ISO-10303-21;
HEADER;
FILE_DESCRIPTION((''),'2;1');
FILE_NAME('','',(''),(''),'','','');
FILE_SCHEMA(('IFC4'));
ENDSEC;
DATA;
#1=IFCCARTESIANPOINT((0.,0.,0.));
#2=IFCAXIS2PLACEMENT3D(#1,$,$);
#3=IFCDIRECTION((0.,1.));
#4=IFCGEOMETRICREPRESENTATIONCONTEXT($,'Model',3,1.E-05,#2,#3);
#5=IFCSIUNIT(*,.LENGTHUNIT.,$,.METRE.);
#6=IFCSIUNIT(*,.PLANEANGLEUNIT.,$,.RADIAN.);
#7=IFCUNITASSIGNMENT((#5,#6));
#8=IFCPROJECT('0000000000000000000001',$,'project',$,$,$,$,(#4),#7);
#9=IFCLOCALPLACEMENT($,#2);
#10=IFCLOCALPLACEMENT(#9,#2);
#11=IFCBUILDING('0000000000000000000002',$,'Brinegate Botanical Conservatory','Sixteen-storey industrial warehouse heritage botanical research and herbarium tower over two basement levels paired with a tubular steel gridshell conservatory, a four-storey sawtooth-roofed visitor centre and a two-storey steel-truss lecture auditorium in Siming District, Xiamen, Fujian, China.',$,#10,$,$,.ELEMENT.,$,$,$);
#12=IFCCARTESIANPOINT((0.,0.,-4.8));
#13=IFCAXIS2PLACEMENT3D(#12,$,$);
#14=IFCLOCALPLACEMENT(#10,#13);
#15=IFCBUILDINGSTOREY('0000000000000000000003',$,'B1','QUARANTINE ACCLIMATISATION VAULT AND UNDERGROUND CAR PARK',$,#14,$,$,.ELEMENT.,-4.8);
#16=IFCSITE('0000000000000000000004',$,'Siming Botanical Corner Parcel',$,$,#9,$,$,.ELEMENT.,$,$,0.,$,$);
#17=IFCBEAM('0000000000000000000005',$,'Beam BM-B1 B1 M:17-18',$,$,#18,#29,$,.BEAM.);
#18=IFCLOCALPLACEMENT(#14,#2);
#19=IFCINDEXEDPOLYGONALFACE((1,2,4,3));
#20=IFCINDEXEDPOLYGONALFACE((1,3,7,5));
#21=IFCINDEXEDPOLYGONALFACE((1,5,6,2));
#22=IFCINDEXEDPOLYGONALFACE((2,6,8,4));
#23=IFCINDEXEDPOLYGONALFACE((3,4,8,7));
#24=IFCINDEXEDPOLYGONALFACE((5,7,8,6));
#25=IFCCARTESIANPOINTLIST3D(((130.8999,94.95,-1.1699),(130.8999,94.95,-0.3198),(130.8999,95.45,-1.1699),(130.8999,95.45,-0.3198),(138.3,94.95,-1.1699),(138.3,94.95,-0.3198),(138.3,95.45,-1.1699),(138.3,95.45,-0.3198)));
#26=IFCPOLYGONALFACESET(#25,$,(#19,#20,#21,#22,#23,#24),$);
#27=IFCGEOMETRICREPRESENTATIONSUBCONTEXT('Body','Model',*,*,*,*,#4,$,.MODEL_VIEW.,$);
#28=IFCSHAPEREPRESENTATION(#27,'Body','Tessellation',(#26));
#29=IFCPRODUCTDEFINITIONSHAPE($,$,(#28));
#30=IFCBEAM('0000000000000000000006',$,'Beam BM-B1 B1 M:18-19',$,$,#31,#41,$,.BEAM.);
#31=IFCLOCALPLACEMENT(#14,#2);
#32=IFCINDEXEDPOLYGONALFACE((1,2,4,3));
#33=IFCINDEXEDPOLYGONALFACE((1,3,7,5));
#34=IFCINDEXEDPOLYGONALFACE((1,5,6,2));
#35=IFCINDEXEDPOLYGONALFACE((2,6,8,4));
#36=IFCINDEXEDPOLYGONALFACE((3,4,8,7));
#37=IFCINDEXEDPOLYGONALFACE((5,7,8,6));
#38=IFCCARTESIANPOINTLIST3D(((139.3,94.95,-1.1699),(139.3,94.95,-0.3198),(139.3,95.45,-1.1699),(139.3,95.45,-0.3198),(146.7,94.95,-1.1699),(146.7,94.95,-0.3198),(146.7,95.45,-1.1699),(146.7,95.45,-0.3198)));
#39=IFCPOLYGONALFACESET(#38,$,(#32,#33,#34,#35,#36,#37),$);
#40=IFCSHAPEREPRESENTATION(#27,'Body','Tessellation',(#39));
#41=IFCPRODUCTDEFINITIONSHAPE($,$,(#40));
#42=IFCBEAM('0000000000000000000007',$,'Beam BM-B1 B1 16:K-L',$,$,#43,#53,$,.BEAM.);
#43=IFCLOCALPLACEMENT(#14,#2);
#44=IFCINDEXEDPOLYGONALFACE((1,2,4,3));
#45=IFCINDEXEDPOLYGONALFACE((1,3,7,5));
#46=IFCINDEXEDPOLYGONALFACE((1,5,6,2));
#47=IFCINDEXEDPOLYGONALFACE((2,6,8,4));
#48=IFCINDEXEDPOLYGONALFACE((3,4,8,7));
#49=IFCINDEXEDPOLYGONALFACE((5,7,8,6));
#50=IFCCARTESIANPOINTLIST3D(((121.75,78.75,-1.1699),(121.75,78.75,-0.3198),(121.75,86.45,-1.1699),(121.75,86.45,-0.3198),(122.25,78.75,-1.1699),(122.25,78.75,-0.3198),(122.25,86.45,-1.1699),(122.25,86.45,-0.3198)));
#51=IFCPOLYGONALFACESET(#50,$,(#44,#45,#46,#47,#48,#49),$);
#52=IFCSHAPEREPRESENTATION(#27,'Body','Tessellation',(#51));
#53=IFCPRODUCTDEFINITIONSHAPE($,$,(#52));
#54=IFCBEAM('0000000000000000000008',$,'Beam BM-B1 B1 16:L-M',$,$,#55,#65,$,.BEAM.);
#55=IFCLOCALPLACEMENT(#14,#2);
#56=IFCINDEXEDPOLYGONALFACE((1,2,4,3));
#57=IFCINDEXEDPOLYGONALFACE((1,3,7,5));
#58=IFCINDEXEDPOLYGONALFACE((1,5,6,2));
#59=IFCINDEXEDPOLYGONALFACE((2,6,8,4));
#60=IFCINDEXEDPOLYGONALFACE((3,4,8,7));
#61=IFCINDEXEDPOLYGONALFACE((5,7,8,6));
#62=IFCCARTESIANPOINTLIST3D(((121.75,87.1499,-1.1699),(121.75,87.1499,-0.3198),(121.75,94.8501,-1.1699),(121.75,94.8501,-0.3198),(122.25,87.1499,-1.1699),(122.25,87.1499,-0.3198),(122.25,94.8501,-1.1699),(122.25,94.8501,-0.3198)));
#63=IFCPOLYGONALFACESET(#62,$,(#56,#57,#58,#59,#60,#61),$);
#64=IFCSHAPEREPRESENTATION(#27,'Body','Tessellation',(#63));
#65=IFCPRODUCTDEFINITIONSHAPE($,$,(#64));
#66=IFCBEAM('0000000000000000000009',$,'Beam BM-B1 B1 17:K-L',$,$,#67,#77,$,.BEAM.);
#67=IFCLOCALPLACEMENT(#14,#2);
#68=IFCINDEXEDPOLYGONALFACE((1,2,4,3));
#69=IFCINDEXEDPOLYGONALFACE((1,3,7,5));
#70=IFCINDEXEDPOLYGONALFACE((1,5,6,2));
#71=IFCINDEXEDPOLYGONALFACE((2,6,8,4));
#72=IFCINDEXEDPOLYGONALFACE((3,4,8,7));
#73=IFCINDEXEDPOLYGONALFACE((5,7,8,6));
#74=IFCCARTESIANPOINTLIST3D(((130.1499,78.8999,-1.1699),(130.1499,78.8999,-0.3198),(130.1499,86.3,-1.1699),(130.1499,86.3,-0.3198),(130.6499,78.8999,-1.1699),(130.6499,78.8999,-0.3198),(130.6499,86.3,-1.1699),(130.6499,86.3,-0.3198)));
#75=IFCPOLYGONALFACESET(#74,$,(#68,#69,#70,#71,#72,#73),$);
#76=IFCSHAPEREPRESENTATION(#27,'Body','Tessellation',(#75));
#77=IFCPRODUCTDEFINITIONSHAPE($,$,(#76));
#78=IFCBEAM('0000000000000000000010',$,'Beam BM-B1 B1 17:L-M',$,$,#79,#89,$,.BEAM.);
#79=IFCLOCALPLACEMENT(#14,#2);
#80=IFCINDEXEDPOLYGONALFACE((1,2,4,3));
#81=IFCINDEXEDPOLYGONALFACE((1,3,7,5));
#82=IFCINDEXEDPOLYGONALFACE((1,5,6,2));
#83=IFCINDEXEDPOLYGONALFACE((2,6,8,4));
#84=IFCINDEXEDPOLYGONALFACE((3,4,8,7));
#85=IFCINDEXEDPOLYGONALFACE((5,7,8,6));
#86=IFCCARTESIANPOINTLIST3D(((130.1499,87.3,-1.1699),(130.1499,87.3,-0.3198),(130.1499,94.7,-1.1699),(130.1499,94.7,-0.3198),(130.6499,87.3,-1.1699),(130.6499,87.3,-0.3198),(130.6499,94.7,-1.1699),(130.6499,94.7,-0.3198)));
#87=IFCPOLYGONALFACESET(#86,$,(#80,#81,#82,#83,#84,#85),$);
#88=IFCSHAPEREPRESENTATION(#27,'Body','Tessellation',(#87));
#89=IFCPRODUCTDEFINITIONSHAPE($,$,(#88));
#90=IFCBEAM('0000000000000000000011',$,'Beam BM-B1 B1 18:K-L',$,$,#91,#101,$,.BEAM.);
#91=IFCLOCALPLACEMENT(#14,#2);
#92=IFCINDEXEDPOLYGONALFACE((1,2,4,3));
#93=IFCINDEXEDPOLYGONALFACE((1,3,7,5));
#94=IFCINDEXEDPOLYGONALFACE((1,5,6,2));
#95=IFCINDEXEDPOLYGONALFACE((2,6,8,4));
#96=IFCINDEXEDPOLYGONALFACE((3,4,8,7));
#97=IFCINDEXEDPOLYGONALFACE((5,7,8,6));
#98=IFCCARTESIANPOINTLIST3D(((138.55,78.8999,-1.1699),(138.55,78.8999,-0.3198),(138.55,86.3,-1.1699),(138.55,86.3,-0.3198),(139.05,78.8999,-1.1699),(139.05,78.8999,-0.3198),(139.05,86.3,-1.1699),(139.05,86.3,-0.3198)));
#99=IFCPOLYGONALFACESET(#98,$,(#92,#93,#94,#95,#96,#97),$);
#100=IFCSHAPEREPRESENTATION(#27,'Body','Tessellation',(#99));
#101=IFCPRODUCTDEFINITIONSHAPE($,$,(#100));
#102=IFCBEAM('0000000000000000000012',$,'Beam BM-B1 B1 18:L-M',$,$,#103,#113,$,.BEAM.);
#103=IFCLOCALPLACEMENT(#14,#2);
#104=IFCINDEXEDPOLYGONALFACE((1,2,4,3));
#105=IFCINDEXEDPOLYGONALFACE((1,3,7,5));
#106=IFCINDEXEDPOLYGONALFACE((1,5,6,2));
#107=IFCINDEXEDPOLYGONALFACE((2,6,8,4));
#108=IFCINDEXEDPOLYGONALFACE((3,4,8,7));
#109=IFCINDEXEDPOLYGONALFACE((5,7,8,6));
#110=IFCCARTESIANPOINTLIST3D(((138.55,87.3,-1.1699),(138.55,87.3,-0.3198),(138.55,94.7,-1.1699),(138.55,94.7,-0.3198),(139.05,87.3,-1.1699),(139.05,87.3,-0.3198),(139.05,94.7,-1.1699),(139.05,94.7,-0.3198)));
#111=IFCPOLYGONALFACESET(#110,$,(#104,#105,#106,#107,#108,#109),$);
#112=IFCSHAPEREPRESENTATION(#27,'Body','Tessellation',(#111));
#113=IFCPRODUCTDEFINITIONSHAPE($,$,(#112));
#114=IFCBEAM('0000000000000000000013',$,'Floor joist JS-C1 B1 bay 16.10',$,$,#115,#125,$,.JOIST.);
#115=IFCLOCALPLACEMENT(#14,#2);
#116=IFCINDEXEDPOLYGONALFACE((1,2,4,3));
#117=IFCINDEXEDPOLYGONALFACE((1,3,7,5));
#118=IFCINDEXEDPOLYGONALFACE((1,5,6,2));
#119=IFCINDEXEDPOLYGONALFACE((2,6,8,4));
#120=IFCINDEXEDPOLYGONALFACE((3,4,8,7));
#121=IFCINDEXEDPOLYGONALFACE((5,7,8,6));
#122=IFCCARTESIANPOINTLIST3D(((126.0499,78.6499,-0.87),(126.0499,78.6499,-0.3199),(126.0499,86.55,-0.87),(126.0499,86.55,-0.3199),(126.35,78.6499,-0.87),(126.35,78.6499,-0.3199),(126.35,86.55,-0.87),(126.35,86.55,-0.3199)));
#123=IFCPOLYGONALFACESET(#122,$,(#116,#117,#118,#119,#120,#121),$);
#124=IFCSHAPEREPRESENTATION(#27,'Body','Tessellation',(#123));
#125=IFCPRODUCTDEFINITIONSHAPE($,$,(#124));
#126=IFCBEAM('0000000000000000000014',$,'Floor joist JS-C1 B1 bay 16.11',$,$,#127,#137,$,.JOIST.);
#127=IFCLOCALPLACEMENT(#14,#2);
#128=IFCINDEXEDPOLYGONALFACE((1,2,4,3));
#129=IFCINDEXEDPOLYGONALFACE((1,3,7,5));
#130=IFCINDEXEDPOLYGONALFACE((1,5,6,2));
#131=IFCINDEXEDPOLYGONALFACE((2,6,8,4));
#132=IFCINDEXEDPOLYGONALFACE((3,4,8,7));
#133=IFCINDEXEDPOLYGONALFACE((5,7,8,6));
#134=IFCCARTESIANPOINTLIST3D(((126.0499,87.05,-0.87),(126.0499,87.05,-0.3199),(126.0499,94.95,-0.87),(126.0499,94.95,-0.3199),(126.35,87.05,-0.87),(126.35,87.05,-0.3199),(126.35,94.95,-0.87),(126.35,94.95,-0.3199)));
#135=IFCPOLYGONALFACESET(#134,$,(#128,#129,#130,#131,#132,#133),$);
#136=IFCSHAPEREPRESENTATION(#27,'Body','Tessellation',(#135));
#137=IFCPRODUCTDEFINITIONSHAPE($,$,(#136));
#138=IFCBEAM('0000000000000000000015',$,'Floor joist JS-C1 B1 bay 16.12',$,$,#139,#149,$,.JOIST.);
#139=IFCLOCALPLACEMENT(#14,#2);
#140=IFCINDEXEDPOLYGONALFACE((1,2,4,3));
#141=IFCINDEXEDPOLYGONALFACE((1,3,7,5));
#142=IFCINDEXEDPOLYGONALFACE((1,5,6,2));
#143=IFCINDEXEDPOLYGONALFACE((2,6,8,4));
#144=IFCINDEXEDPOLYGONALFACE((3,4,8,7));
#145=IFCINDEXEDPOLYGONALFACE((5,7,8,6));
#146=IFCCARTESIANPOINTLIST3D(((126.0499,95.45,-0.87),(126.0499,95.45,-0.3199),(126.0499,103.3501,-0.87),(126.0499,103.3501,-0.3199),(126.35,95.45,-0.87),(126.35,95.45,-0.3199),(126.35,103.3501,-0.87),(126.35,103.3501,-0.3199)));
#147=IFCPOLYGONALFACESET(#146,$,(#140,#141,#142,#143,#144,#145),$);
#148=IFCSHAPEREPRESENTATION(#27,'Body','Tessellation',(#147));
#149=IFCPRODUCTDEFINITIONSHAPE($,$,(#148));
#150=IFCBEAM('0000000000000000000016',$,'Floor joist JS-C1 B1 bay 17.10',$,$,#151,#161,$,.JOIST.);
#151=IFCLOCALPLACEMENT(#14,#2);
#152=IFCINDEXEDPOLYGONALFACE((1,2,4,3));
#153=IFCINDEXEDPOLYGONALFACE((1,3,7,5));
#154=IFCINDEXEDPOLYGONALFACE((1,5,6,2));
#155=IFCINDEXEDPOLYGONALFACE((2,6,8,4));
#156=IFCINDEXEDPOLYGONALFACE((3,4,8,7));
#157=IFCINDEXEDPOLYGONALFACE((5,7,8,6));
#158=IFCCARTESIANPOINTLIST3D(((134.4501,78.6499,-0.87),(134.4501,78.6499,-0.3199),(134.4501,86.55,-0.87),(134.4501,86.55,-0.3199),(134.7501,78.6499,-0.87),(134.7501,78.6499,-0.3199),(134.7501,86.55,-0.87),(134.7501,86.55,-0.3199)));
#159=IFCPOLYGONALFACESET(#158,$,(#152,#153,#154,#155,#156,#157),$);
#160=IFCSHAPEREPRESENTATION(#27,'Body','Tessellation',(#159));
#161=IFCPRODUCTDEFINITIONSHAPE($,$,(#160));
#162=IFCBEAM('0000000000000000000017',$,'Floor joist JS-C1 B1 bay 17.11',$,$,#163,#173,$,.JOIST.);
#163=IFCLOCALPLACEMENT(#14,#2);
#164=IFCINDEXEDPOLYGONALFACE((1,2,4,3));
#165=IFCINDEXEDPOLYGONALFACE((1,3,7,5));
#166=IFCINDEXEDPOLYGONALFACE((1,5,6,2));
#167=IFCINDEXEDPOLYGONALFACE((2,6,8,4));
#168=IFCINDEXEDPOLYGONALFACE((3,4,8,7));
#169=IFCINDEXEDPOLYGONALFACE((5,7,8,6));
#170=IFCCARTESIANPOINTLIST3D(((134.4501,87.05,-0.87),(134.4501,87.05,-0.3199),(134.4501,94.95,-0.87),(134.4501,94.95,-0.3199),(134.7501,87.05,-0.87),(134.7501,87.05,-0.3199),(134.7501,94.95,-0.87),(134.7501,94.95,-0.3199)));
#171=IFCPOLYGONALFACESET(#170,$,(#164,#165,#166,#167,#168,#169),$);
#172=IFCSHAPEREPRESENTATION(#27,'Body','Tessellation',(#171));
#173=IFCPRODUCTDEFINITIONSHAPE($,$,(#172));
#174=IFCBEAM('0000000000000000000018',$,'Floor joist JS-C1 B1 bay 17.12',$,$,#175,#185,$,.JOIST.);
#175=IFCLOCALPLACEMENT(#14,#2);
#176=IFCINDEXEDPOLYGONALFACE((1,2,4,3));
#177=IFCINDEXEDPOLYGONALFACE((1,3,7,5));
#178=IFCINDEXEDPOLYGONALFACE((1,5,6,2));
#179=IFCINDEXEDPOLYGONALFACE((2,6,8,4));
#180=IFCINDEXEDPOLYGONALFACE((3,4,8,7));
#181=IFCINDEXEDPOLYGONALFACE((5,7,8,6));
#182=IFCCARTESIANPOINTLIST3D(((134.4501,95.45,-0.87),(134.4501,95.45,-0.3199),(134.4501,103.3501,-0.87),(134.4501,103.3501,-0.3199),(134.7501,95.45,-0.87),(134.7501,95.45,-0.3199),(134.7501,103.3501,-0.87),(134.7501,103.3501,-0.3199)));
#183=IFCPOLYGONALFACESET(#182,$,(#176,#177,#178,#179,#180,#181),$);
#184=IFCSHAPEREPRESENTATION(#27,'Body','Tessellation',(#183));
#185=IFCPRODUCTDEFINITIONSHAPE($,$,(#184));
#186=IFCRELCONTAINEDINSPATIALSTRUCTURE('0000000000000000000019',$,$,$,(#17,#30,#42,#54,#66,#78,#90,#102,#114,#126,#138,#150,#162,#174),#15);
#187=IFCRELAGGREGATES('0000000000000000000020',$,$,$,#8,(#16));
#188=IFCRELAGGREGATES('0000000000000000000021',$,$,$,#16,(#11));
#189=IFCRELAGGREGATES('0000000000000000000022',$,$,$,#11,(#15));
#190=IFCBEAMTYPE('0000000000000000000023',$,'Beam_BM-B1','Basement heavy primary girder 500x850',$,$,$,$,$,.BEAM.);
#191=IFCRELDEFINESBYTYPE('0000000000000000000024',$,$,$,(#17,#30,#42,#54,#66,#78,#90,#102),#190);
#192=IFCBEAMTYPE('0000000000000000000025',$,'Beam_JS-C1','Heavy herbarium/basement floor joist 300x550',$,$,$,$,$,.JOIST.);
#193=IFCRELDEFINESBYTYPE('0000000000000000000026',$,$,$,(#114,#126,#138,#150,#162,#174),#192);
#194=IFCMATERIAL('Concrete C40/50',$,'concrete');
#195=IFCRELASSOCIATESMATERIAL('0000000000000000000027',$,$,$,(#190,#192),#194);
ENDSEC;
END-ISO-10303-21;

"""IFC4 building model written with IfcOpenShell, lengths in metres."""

from ifc_helpers import new_model, si_unit, direction, frame, origin, origin_2d, place, context, subcontext, project, spatial, rectangle, extrude, material, material_profile, profile_set, type_object, element, save


model = new_model("IFC4")

# Units and contexts
model_context = context("Model", 3, precision=1e-05, world=origin(), true_north=direction((0.0, 1.0)))
body_context = subcontext(model_context, "Body", "Model", "MODEL_VIEW")
ifc_project = project(units=[si_unit("LENGTHUNIT", "METRE"), si_unit("PLANEANGLEUNIT", "RADIAN")], contexts=[model_context])

# Site, building, storey
site_placement = place(None, origin())
site = spatial("IfcSite", under=ifc_project, at=site_placement, Name="Siming Botanical Corner Parcel", CompositionType="ELEMENT", RefElevation=0.0)
building_placement = place(site_placement, origin())
building = spatial("IfcBuilding", under=site, at=building_placement, Name="Brinegate Botanical Conservatory", Description="Sixteen-storey industrial warehouse heritage botanical research and herbarium tower over two basement levels paired with a tubular steel gridshell conservatory, a four-storey sawtooth-roofed visitor centre and a two-storey steel-truss lecture auditorium in Siming District, Xiamen, Fujian, China.", CompositionType="ELEMENT")
storey_placement = place(building_placement, frame((0.0, 0.0, -4.8)))
storey = spatial("IfcBuildingStorey", under=building, at=storey_placement, Name="B1", Description="QUARANTINE ACCLIMATISATION VAULT AND UNDERGROUND CAR PARK", CompositionType="ELEMENT", Elevation=-4.8)

# Beams
ifc_material_1 = material(Name="Concrete C40/50", Category="concrete")
ifc_material_profile_1 = material_profile(ifc_material_1, rectangle(XDim=0.5, YDim=0.8501, at=origin_2d()), Name="RC BM 500x850")
ifc_profile_set_1 = profile_set([ifc_material_profile_1], Name="Concrete C40/50")
beam_type_1 = type_object("IfcBeamType", Name="Beam_BM-B1", Description="Basement heavy primary girder 500x850", PredefinedType="BEAM", material=ifc_profile_set_1)
beam_1_placement = place(storey_placement, frame((130.8999, 95.2, -0.7449), z_axis=(1.0, 0.0, 0.0), x_axis=(0.0, 1.0, 0.0)))
element("IfcBeam", 1, at=beam_1_placement, inside=storey, type_object=beam_type_1, Name="Beam BM-B1 B1 M:17-18", PredefinedType="BEAM", context=body_context, shape_type="SweptSolid", body=[
    extrude(rectangle(XDim=0.5, YDim=0.8501, at=origin_2d()), origin(), (0.0, 0.0, 1.0), 7.4001),
])
beam_2_placement = place(storey_placement, frame((139.3, 95.2, -0.7449), z_axis=(1.0, 0.0, 0.0), x_axis=(0.0, 1.0, 0.0)))
element("IfcBeam", 2, at=beam_2_placement, inside=storey, type_object=beam_type_1, Name="Beam BM-B1 B1 M:18-19", PredefinedType="BEAM", context=body_context, shape_type="SweptSolid", body=[
    extrude(rectangle(XDim=0.5, YDim=0.8501, at=origin_2d()), origin(), (0.0, 0.0, 1.0), 7.3999),
])
beam_3_placement = place(storey_placement, frame((122.0, 78.75, -0.7449), z_axis=(0.0, 1.0, 0.0), x_axis=(-1.0, 0.0, 0.0)))
element("IfcBeam", 3, at=beam_3_placement, inside=storey, type_object=beam_type_1, Name="Beam BM-B1 B1 16:K-L", PredefinedType="BEAM", context=body_context, shape_type="SweptSolid", body=[
    extrude(rectangle(XDim=0.5, YDim=0.8501, at=origin_2d()), origin(), (0.0, 0.0, 1.0), 7.7),
])
beam_4_placement = place(storey_placement, frame((122.0, 87.1499, -0.7449), z_axis=(0.0, 1.0, 0.0), x_axis=(-1.0, 0.0, 0.0)))
element("IfcBeam", 4, at=beam_4_placement, inside=storey, type_object=beam_type_1, Name="Beam BM-B1 B1 16:L-M", PredefinedType="BEAM", context=body_context, shape_type="SweptSolid", body=[
    extrude(rectangle(XDim=0.5, YDim=0.8501, at=origin_2d()), origin(), (0.0, 0.0, 1.0), 7.7002),
])
beam_5_placement = place(storey_placement, frame((130.3999, 78.8999, -0.7449), z_axis=(0.0, 1.0, 0.0), x_axis=(-1.0, 0.0, 0.0)))
element("IfcBeam", 5, at=beam_5_placement, inside=storey, type_object=beam_type_1, Name="Beam BM-B1 B1 17:K-L", PredefinedType="BEAM", context=body_context, shape_type="SweptSolid", body=[
    extrude(rectangle(XDim=0.5, YDim=0.8501, at=origin_2d()), origin(), (0.0, 0.0, 1.0), 7.4001),
])
beam_6_placement = place(storey_placement, frame((130.3999, 87.3, -0.7449), z_axis=(0.0, 1.0, 0.0), x_axis=(-1.0, 0.0, 0.0)))
element("IfcBeam", 6, at=beam_6_placement, inside=storey, type_object=beam_type_1, Name="Beam BM-B1 B1 17:L-M", PredefinedType="BEAM", context=body_context, shape_type="SweptSolid", body=[
    extrude(rectangle(XDim=0.5, YDim=0.8501, at=origin_2d()), origin(), (0.0, 0.0, 1.0), 7.3999),
])
beam_7_placement = place(storey_placement, frame((138.8, 78.8999, -0.7449), z_axis=(0.0, 1.0, 0.0), x_axis=(-1.0, 0.0, 0.0)))
element("IfcBeam", 7, at=beam_7_placement, inside=storey, type_object=beam_type_1, Name="Beam BM-B1 B1 18:K-L", PredefinedType="BEAM", context=body_context, shape_type="SweptSolid", body=[
    extrude(rectangle(XDim=0.5, YDim=0.8501, at=origin_2d()), origin(), (0.0, 0.0, 1.0), 7.4001),
])
beam_8_placement = place(storey_placement, frame((138.8, 87.3, -0.7449), z_axis=(0.0, 1.0, 0.0), x_axis=(-1.0, 0.0, 0.0)))
element("IfcBeam", 8, at=beam_8_placement, inside=storey, type_object=beam_type_1, Name="Beam BM-B1 B1 18:L-M", PredefinedType="BEAM", context=body_context, shape_type="SweptSolid", body=[
    extrude(rectangle(XDim=0.5, YDim=0.8501, at=origin_2d()), origin(), (0.0, 0.0, 1.0), 7.3999),
])
ifc_material_profile_2 = material_profile(ifc_material_1, rectangle(XDim=0.3, YDim=0.55, at=origin_2d()), Name="RC JST 300x550")
ifc_profile_set_2 = profile_set([ifc_material_profile_2], Name="Concrete C40/50")
beam_type_2 = type_object("IfcBeamType", Name="Beam_JS-C1", Description="Heavy herbarium/basement floor joist 300x550", PredefinedType="JOIST", material=ifc_profile_set_2)
beam_9_placement = place(storey_placement, frame((126.2, 78.6499, -0.595), z_axis=(0.0, 1.0, 0.0), x_axis=(-1.0, 0.0, 0.0)))
element("IfcBeam", 9, at=beam_9_placement, inside=storey, type_object=beam_type_2, Name="Floor joist JS-C1 B1 bay 16.10", PredefinedType="JOIST", context=body_context, shape_type="SweptSolid", body=[
    extrude(rectangle(XDim=0.3, YDim=0.55, at=origin_2d()), origin(), (0.0, 0.0, 1.0), 7.9001),
])
beam_10_placement = place(storey_placement, frame((126.2, 87.05, -0.595), z_axis=(0.0, 1.0, 0.0), x_axis=(-1.0, 0.0, 0.0)))
element("IfcBeam", 10, at=beam_10_placement, inside=storey, type_object=beam_type_2, Name="Floor joist JS-C1 B1 bay 16.11", PredefinedType="JOIST", context=body_context, shape_type="SweptSolid", body=[
    extrude(rectangle(XDim=0.3, YDim=0.55, at=origin_2d()), origin(), (0.0, 0.0, 1.0), 7.8999),
])
for number, where, z_axis, x_axis, name in (
    (11, (126.2, 95.45, -0.595), (0.0, 1.0, 0.0), (-1.0, 0.0, 0.0), "Floor joist JS-C1 B1 bay 16.12"),
    (12, (134.6001, 78.6499, -0.595), (0.0, 1.0, 0.0), (-1.0, 0.0, 0.0), "Floor joist JS-C1 B1 bay 17.10"),
):
    element("IfcBeam", number, at=place(storey_placement, frame(where, z_axis=z_axis, x_axis=x_axis)), inside=storey, type_object=beam_type_2, Name=name, PredefinedType="JOIST", context=body_context, shape_type="SweptSolid", body=[
        extrude(rectangle(XDim=0.3, YDim=0.55, at=origin_2d()), origin(), (0.0, 0.0, 1.0), 7.9001),
    ])
beam_11_placement = place(storey_placement, frame((134.6001, 87.05, -0.595), z_axis=(0.0, 1.0, 0.0), x_axis=(-1.0, 0.0, 0.0)))
element("IfcBeam", 13, at=beam_11_placement, inside=storey, type_object=beam_type_2, Name="Floor joist JS-C1 B1 bay 17.11", PredefinedType="JOIST", context=body_context, shape_type="SweptSolid", body=[
    extrude(rectangle(XDim=0.3, YDim=0.55, at=origin_2d()), origin(), (0.0, 0.0, 1.0), 7.8999),
])
beam_12_placement = place(storey_placement, frame((134.6001, 95.45, -0.595), z_axis=(0.0, 1.0, 0.0), x_axis=(-1.0, 0.0, 0.0)))
element("IfcBeam", 14, at=beam_12_placement, inside=storey, type_object=beam_type_2, Name="Floor joist JS-C1 B1 bay 17.12", PredefinedType="JOIST", context=body_context, shape_type="SweptSolid", body=[
    extrude(rectangle(XDim=0.3, YDim=0.55, at=origin_2d()), origin(), (0.0, 0.0, 1.0), 7.9001),
])

save(model, "model.ifc")
